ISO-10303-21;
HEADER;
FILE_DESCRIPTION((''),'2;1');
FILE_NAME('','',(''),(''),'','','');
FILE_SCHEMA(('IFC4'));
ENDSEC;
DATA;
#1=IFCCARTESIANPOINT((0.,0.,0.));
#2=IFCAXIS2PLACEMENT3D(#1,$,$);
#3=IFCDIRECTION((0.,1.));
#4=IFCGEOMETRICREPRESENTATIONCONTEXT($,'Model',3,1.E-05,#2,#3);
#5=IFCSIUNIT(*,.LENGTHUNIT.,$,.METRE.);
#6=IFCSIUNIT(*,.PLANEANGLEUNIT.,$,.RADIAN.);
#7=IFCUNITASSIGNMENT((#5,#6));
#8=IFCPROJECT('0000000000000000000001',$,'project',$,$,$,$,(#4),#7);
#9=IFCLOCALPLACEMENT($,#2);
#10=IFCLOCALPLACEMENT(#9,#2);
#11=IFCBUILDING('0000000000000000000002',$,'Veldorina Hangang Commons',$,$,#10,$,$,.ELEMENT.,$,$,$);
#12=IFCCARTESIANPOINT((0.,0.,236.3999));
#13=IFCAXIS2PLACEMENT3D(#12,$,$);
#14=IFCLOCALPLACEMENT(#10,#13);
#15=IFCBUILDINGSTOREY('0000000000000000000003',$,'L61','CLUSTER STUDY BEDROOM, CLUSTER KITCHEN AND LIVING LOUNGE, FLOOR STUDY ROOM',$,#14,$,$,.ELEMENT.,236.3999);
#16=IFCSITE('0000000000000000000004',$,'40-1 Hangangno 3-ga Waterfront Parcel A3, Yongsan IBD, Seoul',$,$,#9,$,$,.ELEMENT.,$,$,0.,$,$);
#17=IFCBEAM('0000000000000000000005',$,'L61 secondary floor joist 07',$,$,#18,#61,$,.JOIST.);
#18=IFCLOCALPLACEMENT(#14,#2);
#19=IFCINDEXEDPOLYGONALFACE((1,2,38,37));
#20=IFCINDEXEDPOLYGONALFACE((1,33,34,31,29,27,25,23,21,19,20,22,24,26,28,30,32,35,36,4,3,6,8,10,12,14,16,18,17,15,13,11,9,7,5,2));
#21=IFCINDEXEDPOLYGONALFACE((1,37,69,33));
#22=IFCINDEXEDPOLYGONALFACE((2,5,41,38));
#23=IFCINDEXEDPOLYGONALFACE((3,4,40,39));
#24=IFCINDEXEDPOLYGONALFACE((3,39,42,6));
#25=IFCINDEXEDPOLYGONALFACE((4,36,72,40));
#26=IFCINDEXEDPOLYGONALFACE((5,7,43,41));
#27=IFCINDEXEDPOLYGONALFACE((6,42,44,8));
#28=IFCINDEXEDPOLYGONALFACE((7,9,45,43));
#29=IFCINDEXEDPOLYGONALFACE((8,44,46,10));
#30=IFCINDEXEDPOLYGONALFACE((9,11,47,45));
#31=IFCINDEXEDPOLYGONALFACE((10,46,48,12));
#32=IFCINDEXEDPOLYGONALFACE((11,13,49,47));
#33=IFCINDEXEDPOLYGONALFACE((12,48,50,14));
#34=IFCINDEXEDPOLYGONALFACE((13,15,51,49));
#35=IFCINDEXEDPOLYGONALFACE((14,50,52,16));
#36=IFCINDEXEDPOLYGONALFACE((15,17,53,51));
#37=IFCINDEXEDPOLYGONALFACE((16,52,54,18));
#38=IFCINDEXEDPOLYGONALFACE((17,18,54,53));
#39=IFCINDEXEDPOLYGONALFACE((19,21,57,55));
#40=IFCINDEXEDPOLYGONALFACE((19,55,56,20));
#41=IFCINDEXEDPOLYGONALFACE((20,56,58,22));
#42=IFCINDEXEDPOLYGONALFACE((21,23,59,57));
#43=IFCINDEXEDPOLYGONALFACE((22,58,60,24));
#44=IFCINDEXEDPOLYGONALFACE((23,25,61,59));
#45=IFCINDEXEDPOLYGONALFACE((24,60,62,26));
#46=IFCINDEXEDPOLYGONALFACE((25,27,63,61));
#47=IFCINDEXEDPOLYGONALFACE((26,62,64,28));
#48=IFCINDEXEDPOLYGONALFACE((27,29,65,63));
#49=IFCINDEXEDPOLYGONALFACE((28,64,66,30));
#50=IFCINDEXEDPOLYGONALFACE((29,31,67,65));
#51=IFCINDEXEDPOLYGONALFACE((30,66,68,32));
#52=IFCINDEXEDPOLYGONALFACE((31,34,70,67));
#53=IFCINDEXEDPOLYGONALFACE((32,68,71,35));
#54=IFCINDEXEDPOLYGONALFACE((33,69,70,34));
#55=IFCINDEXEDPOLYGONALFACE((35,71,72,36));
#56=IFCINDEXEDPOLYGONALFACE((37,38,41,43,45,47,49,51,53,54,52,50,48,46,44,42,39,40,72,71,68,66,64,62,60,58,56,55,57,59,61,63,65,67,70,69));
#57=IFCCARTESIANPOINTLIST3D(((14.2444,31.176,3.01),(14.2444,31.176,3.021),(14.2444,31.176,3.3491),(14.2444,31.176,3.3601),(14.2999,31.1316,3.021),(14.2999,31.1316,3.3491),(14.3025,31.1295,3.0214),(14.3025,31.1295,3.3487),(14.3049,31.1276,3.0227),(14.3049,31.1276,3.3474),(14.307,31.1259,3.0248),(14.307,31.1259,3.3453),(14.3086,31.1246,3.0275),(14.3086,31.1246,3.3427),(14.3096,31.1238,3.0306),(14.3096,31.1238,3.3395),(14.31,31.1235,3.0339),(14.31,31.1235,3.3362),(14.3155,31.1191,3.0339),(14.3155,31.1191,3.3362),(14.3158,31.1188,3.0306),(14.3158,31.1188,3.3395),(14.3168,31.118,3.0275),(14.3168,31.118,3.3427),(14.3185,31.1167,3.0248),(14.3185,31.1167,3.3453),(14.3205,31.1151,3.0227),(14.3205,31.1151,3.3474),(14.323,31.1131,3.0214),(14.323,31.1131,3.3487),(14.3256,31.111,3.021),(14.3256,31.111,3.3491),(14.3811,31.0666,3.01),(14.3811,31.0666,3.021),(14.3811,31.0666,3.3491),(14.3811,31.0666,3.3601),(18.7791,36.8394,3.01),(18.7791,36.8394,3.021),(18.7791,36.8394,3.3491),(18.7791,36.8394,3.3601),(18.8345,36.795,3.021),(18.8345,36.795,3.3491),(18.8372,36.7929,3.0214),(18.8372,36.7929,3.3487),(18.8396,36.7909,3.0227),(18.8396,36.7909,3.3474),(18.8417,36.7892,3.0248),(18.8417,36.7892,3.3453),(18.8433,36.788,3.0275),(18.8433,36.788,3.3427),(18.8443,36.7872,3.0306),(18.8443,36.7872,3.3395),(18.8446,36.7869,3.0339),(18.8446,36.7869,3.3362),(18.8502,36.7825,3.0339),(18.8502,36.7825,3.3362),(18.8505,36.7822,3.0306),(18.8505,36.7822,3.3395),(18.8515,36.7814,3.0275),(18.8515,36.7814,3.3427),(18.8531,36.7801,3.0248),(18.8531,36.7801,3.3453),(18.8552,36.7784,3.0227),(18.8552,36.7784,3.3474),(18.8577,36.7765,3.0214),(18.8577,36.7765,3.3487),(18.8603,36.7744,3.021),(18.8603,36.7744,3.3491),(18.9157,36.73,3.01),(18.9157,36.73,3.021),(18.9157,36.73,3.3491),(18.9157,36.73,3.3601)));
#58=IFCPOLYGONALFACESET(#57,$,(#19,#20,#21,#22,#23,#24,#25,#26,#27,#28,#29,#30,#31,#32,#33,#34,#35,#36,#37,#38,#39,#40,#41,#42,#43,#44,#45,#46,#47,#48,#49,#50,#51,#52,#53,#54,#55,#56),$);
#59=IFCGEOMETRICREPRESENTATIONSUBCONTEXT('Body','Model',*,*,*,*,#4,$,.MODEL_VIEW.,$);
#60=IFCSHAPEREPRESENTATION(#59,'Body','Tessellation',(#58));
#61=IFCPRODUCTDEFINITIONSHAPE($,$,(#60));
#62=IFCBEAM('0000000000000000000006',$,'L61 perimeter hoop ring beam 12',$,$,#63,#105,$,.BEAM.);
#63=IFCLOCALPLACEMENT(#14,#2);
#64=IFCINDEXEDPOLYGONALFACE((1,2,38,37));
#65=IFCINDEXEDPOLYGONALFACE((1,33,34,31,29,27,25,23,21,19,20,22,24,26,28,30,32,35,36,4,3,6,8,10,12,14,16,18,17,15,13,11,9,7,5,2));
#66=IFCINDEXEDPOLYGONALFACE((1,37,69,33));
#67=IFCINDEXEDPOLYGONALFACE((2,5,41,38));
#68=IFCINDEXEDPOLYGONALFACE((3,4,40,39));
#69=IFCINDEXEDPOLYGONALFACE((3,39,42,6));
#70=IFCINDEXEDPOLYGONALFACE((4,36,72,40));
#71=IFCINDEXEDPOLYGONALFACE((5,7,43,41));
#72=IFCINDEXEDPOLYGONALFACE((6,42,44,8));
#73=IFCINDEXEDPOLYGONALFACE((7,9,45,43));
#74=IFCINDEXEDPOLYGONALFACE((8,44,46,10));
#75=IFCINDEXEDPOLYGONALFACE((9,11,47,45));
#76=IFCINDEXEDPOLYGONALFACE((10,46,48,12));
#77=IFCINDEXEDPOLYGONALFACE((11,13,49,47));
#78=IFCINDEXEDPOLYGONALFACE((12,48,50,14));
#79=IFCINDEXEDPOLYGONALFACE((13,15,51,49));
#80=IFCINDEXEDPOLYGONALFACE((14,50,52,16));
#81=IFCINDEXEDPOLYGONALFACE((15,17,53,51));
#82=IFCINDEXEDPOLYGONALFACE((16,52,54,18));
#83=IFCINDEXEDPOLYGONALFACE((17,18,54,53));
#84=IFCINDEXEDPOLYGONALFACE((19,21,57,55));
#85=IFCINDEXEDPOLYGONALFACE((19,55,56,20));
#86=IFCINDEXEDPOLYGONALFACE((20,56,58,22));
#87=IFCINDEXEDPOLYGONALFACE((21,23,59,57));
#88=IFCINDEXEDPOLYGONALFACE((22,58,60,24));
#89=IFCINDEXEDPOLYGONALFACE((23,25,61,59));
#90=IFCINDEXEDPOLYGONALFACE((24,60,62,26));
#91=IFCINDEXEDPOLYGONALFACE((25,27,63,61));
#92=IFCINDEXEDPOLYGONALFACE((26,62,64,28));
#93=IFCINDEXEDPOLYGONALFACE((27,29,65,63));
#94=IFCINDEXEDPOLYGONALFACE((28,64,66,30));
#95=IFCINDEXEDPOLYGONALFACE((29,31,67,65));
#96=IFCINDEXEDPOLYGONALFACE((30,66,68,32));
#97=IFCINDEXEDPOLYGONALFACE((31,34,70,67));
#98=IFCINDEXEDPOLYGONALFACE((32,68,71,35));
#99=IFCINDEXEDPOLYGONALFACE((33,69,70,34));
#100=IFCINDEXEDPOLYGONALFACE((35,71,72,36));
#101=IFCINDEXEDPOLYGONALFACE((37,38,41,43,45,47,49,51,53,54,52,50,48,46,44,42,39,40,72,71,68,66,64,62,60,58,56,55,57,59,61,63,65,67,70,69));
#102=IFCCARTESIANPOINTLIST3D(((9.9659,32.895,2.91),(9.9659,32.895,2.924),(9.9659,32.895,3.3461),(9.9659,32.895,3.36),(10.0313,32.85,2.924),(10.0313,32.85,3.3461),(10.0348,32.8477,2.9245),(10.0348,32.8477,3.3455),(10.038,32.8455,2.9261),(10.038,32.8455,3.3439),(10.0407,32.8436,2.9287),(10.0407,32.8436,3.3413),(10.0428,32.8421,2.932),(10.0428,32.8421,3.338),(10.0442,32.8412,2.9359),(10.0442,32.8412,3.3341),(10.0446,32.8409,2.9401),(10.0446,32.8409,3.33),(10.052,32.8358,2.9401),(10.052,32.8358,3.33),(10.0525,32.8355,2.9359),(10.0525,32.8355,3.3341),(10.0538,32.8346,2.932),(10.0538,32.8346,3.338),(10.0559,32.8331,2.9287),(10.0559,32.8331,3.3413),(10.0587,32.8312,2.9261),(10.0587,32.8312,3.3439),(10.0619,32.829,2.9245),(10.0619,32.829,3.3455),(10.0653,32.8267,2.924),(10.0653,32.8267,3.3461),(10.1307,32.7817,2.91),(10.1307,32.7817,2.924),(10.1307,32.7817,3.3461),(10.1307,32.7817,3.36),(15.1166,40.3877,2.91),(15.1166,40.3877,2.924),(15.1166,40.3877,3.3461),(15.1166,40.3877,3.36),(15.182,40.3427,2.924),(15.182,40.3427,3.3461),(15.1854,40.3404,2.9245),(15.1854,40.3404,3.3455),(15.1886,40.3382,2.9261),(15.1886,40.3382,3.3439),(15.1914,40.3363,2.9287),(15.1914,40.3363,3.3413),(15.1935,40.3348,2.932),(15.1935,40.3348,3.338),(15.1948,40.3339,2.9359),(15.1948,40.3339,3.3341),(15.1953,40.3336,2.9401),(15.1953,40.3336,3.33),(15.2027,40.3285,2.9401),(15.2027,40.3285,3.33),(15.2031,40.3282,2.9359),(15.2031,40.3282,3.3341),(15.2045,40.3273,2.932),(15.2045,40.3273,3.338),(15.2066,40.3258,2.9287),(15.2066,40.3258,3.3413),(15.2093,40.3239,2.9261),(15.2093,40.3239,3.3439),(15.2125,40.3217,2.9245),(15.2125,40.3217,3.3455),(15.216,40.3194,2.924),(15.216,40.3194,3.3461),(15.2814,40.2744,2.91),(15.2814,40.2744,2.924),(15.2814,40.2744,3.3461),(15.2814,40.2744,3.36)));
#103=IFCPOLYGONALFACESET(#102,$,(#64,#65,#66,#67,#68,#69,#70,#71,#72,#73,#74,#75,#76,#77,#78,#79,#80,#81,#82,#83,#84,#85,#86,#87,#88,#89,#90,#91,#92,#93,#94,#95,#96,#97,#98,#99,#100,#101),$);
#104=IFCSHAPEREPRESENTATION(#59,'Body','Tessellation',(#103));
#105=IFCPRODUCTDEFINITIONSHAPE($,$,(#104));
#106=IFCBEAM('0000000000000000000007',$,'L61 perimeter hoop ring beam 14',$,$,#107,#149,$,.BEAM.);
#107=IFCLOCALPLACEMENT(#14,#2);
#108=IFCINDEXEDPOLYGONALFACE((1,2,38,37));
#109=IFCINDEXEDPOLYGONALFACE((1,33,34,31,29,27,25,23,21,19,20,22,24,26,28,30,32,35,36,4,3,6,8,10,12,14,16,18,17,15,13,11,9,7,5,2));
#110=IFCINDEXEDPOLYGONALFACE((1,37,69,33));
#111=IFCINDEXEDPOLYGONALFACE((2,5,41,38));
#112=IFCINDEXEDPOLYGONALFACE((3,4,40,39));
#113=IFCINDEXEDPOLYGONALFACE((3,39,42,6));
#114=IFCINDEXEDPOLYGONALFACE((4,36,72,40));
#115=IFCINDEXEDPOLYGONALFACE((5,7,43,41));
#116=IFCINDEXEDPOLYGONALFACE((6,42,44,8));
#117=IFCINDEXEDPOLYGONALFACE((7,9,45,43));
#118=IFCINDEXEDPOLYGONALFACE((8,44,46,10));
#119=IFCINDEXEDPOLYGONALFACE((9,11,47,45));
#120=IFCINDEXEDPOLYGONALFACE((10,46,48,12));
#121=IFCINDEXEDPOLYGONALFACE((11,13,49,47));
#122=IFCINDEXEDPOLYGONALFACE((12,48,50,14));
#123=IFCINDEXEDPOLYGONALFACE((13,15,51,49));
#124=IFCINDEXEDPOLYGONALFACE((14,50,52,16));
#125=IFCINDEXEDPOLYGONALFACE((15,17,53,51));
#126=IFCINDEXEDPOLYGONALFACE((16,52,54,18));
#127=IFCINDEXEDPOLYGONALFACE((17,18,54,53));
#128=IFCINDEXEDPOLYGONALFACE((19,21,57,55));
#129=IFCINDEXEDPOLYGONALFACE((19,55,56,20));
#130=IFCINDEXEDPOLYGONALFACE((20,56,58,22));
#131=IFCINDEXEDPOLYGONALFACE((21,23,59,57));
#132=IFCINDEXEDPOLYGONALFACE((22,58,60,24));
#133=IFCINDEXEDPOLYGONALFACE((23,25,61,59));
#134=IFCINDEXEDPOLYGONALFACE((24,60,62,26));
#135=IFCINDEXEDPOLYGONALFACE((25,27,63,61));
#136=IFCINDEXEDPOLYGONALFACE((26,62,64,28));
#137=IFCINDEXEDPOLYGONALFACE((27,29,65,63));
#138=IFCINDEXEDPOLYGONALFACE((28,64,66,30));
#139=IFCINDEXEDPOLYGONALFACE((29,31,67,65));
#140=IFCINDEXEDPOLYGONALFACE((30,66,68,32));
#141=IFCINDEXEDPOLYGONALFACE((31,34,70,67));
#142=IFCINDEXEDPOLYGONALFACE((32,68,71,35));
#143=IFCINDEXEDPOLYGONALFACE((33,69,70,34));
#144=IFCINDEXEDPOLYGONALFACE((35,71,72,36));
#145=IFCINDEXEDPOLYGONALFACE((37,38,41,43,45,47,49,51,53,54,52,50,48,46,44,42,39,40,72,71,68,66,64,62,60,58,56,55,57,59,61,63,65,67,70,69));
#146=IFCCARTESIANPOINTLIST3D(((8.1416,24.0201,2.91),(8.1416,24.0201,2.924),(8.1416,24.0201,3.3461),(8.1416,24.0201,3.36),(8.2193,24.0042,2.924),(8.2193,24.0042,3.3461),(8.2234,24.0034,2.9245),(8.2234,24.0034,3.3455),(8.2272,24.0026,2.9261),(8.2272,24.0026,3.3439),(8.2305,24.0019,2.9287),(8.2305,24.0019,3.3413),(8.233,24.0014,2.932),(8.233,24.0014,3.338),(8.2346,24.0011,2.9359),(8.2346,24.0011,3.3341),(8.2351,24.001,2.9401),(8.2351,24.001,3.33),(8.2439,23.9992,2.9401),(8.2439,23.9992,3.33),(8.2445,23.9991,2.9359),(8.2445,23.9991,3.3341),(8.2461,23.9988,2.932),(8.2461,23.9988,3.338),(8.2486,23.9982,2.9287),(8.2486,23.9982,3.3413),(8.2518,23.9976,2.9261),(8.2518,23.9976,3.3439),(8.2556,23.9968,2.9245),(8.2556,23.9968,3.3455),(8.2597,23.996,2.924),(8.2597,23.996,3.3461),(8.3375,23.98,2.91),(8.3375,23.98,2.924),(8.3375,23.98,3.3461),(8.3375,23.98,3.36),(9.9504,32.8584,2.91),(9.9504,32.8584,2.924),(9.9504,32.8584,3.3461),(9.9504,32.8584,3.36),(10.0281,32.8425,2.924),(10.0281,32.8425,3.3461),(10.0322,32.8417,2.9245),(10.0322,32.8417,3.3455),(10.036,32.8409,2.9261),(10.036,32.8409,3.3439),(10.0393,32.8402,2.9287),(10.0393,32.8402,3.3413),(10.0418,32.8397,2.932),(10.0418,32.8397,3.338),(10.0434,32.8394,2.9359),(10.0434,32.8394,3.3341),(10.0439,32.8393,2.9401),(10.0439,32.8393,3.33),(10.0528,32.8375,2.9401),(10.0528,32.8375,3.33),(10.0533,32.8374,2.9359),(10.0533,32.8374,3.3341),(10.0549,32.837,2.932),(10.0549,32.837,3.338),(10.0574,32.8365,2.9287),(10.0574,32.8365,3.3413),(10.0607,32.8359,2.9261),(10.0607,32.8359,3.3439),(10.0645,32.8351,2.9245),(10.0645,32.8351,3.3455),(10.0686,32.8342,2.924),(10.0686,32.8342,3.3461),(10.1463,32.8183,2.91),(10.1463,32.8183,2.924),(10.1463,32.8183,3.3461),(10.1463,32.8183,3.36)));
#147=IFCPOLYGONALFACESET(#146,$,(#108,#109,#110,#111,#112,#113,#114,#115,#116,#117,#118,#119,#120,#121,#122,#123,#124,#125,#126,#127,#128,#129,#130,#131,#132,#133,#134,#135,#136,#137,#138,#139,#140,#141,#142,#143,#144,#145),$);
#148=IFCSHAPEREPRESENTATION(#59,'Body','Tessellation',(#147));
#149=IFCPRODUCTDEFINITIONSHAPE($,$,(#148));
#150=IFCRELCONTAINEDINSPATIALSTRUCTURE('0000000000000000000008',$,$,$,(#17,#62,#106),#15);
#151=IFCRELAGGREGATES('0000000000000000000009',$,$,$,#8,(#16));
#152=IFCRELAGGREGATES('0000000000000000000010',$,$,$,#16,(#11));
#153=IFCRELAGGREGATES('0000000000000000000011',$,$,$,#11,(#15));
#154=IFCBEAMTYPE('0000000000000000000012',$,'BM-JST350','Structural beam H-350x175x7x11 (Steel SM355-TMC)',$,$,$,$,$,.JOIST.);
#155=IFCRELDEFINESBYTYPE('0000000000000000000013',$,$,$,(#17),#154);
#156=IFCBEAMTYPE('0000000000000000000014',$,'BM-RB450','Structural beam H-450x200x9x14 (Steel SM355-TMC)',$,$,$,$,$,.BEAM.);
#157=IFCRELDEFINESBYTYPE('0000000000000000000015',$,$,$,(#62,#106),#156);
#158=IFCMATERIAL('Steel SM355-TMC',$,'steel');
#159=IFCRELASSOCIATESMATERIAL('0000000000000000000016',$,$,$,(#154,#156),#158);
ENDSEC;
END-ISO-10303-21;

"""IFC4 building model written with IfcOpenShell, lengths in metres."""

from ifc_helpers import new_model, si_unit, direction, frame, origin, origin_2d, place, context, subcontext, project, spatial, i_section, extrude, material, material_profile, profile_set, type_object, element, save


model = new_model("IFC4")

# Units and contexts
model_context = context("Model", 3, precision=1e-05, world=origin(), true_north=direction((0.0, 1.0)))
body_context = subcontext(model_context, "Body", "Model", "MODEL_VIEW")
ifc_project = project(units=[si_unit("LENGTHUNIT", "METRE"), si_unit("PLANEANGLEUNIT", "RADIAN")], contexts=[model_context])

# Site, building, storey
site_placement = place(None, origin())
site = spatial("IfcSite", under=ifc_project, at=site_placement, Name="40-1 Hangangno 3-ga Waterfront Parcel A3, Yongsan IBD, Seoul", CompositionType="ELEMENT", RefElevation=0.0)
building_placement = place(site_placement, origin())
building = spatial("IfcBuilding", under=site, at=building_placement, Name="Veldorina Hangang Commons", CompositionType="ELEMENT")
storey_placement = place(building_placement, frame((0.0, 0.0, 236.3999)))
storey = spatial("IfcBuildingStorey", under=building, at=storey_placement, Name="L61", Description="CLUSTER STUDY BEDROOM, CLUSTER KITCHEN AND LIVING LOUNGE, FLOOR STUDY ROOM", CompositionType="ELEMENT", Elevation=236.3999)

# Beams
ifc_material_1 = material(Name="Steel SM355-TMC", Category="steel")
ifc_material_profile_1 = material_profile(ifc_material_1, i_section(OverallWidth=0.175, OverallDepth=0.3501, WebThickness=0.0071, FlangeThickness=0.011, FilletRadius=0.0129, at=origin_2d()), Name="H-350x175x7x11")
ifc_profile_set_1 = profile_set([ifc_material_profile_1], Name="Steel SM355-TMC")
beam_type_1 = type_object("IfcBeamType", Name="BM-JST350", Description="Structural beam H-350x175x7x11 (Steel SM355-TMC)", PredefinedType="JOIST", material=ifc_profile_set_1)
beam_1_placement = place(storey_placement, frame((18.8474, 36.7847, 3.1851), z_axis=(-0.625031, -0.7806, 0.0), x_axis=(0.7806, -0.625031, 0.0)))
element("IfcBeam", 1, at=beam_1_placement, inside=storey, type_object=beam_type_1, Name="L61 secondary floor joist 07", PredefinedType="JOIST", context=body_context, shape_type="SweptSolid", body=[
    extrude(i_section(OverallWidth=0.175, OverallDepth=0.3501, WebThickness=0.0071, FlangeThickness=0.011, FilletRadius=0.0129, at=origin_2d()), origin(), (0.0, 0.0, 1.0), 7.2551),
])
ifc_material_profile_2 = material_profile(ifc_material_1, i_section(OverallWidth=0.2, OverallDepth=0.45, WebThickness=0.009, FlangeThickness=0.0139, FilletRadius=0.0161, at=origin_2d()), Name="H-450x200x9x14")
ifc_profile_set_2 = profile_set([ifc_material_profile_2], Name="Steel SM355-TMC")
beam_type_2 = type_object("IfcBeamType", Name="BM-RB450", Description="Structural beam H-450x200x9x14 (Steel SM355-TMC)", PredefinedType="BEAM", material=ifc_profile_set_2)
beam_2_placement = place(storey_placement, frame((15.199, 40.3311, 3.135), z_axis=(-0.566486, -0.824072, 0.0), x_axis=(0.824072, -0.566486, 0.0)))
element("IfcBeam", 2, at=beam_2_placement, inside=storey, type_object=beam_type_2, Name="L61 perimeter hoop ring beam 12", PredefinedType="BEAM", context=body_context, shape_type="SweptSolid", body=[
    extrude(i_section(OverallWidth=0.2, OverallDepth=0.45, WebThickness=0.009, FlangeThickness=0.0139, FilletRadius=0.0161, at=origin_2d()), origin(), (0.0, 0.0, 1.0), 9.0923),
])
beam_3_placement = place(storey_placement, frame((10.0483, 32.8384, 3.135), z_axis=(-0.200501, -0.979693, 0.0), x_axis=(0.979693, -0.200501, 0.0)))
element("IfcBeam", 3, at=beam_3_placement, inside=storey, type_object=beam_type_2, Name="L61 perimeter hoop ring beam 14", PredefinedType="BEAM", context=body_context, shape_type="SweptSolid", body=[
    extrude(i_section(OverallWidth=0.2, OverallDepth=0.45, WebThickness=0.009, FlangeThickness=0.0139, FilletRadius=0.0161, at=origin_2d()), origin(), (0.0, 0.0, 1.0), 9.0215),
])

save(model, "model.ifc")
